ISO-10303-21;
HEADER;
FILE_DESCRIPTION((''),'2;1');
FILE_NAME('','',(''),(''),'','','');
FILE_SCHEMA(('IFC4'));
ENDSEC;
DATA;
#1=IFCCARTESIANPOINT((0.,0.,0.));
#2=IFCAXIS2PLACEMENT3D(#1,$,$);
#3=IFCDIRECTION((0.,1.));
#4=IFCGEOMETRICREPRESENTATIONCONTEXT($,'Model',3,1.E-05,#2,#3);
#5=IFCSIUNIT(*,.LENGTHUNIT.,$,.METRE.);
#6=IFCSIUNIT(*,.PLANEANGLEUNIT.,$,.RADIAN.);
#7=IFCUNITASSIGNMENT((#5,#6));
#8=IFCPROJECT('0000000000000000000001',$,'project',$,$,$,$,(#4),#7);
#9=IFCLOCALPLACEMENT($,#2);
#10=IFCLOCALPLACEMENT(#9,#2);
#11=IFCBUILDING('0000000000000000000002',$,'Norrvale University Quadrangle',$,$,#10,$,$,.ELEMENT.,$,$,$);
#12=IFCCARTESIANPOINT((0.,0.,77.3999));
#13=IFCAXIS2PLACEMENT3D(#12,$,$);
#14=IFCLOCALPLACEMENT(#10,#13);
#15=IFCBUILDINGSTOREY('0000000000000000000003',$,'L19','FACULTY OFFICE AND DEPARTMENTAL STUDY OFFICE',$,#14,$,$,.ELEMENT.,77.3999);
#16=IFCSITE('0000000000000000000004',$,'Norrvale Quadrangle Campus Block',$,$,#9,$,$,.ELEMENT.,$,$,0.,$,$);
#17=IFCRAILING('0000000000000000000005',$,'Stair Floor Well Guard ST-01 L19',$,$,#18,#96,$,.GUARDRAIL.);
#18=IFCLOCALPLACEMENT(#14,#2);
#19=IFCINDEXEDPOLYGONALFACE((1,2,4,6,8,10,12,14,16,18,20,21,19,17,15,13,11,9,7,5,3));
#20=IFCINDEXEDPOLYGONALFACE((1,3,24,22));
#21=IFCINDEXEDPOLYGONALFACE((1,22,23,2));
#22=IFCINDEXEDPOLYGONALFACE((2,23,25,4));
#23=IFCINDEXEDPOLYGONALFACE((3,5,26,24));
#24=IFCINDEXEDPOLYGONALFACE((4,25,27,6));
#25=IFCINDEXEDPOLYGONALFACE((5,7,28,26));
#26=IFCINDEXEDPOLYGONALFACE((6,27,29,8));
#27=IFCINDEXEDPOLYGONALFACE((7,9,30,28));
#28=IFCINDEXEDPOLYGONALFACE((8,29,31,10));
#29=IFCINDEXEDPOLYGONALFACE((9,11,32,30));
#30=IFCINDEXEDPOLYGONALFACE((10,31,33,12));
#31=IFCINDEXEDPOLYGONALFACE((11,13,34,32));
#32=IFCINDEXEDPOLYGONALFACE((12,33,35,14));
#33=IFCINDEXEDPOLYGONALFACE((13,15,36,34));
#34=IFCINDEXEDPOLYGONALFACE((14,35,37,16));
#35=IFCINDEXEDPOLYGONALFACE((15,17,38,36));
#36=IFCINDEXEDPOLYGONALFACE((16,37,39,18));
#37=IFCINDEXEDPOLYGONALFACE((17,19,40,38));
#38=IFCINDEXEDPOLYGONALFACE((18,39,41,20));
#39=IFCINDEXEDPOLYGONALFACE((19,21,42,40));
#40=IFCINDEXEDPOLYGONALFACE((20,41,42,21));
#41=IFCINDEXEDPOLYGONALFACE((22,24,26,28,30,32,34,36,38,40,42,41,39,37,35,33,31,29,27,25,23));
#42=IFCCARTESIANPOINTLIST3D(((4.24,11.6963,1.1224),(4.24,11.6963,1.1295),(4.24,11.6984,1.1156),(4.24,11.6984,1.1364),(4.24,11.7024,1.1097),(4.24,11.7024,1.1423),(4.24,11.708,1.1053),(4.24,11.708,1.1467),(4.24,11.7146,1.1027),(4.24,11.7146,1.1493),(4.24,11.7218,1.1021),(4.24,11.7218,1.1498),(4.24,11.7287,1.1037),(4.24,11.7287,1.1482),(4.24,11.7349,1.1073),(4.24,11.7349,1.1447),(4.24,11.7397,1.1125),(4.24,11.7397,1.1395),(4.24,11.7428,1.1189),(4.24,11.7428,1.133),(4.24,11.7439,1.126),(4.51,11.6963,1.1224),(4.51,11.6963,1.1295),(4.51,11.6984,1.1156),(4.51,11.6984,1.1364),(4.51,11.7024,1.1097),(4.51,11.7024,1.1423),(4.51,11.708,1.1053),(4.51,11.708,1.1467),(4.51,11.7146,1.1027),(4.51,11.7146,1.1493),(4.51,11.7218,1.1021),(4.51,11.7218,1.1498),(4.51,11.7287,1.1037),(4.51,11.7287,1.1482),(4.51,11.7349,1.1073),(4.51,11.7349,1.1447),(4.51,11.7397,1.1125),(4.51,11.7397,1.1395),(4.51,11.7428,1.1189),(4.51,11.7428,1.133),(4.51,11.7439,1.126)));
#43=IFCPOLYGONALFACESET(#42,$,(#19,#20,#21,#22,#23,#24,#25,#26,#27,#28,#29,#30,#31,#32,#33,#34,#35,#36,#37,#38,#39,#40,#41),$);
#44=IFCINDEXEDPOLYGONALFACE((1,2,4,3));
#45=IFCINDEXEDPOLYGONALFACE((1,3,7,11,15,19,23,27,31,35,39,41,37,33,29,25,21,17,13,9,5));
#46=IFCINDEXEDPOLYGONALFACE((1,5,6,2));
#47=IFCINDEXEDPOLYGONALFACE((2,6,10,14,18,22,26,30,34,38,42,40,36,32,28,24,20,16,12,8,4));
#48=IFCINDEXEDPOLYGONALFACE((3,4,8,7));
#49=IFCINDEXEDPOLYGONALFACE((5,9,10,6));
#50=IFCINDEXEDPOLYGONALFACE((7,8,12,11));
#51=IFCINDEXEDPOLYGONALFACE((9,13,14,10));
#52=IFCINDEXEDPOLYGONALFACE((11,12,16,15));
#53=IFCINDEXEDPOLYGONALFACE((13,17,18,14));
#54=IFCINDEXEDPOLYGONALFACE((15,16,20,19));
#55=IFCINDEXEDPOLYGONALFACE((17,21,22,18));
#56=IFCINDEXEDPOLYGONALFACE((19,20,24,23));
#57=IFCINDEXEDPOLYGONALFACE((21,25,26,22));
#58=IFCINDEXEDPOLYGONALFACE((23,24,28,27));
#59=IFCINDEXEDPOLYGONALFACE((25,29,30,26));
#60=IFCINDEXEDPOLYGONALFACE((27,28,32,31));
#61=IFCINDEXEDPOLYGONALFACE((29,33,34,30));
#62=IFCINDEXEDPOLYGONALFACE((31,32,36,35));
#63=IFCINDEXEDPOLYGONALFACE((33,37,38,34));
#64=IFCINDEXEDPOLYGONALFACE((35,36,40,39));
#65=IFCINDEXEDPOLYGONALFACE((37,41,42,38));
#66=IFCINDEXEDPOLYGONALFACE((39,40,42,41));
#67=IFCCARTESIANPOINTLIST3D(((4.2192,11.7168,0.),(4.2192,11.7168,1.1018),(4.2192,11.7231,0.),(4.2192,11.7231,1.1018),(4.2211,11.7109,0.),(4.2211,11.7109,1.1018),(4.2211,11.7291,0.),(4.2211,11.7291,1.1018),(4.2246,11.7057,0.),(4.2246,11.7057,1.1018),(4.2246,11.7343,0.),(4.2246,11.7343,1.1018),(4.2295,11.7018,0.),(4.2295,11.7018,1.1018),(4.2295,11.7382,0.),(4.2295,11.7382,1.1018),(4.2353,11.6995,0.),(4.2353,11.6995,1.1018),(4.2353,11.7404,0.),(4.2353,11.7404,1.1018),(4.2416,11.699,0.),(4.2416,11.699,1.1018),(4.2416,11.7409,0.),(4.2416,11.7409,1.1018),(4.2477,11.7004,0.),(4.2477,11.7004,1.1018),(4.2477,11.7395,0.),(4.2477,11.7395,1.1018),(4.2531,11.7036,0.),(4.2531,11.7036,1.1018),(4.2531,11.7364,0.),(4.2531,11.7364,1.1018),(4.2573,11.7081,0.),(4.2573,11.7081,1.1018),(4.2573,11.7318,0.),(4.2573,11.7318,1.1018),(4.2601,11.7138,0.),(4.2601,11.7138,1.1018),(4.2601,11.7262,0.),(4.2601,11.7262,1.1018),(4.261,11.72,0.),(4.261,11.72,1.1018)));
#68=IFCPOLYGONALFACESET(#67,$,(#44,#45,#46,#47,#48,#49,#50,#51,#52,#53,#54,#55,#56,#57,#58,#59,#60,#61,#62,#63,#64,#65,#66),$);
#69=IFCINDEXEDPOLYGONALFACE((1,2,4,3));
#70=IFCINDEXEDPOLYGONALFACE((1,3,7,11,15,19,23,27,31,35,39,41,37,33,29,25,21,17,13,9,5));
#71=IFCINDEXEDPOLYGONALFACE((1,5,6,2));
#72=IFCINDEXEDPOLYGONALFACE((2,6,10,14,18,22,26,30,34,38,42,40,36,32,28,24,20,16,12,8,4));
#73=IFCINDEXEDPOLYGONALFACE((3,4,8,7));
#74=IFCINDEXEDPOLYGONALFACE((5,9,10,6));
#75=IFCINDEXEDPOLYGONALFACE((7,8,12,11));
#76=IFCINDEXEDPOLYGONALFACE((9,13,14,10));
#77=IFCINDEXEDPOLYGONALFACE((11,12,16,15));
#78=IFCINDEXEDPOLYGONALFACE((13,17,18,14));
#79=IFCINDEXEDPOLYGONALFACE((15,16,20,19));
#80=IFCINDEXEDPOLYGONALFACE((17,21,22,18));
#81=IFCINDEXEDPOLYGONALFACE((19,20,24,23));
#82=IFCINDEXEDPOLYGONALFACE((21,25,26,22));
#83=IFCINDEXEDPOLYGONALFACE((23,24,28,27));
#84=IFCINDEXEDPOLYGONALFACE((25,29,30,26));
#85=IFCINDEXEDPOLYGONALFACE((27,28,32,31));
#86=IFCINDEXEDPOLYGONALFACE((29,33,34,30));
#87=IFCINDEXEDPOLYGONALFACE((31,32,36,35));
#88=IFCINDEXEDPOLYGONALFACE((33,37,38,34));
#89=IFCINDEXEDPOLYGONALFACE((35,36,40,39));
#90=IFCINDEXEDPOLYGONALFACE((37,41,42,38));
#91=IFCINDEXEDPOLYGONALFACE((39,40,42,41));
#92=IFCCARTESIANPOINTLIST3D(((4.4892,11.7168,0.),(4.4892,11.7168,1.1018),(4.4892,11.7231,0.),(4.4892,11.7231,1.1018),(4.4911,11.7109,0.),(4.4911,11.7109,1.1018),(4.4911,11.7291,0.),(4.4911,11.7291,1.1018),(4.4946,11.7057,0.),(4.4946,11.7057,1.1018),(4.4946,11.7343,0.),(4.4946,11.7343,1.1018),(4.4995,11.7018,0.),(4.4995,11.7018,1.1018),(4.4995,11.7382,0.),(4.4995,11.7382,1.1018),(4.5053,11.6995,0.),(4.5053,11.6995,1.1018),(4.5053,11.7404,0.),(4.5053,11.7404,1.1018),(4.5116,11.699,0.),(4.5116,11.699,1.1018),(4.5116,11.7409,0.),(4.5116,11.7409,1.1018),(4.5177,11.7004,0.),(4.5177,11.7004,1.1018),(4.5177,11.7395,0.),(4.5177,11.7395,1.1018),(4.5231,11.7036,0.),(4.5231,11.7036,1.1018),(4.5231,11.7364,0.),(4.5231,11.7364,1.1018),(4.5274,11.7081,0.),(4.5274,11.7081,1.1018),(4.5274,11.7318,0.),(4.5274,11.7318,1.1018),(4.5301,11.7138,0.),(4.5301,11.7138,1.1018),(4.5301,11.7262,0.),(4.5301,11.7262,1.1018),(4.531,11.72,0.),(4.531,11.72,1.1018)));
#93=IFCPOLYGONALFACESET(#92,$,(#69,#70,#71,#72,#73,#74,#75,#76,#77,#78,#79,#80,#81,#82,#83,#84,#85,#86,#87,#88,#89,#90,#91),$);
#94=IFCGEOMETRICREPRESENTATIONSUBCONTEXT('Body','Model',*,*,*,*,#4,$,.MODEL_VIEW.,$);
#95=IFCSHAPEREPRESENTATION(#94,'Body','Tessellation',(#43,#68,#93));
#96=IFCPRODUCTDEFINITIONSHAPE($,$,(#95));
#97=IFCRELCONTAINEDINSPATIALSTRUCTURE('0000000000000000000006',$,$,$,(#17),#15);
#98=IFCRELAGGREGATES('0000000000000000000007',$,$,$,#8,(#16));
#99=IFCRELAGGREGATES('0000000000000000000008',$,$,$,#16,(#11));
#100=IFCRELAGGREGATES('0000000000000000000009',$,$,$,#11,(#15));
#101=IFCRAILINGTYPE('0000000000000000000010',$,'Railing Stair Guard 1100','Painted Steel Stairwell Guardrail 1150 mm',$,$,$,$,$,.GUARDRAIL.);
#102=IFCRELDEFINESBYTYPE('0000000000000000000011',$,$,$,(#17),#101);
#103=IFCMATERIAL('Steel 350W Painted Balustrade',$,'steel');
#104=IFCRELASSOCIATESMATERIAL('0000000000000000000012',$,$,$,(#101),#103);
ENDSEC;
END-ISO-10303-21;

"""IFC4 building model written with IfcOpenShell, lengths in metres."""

from ifc_helpers import new_model, si_unit, direction, frame, origin, origin_2d, place, context, subcontext, project, spatial, circle, extrude, material, type_object, element, save


model = new_model("IFC4")

# Units and contexts
model_context = context("Model", 3, precision=1e-05, world=origin(), true_north=direction((0.0, 1.0)))
body_context = subcontext(model_context, "Body", "Model", "MODEL_VIEW")
ifc_project = project(units=[si_unit("LENGTHUNIT", "METRE"), si_unit("PLANEANGLEUNIT", "RADIAN")], contexts=[model_context])

# Site, building, storey
site_placement = place(None, origin())
site = spatial("IfcSite", under=ifc_project, at=site_placement, Name="Norrvale Quadrangle Campus Block", CompositionType="ELEMENT", RefElevation=0.0)
building_placement = place(site_placement, origin())
building = spatial("IfcBuilding", under=site, at=building_placement, Name="Norrvale University Quadrangle", CompositionType="ELEMENT")
storey_placement = place(building_placement, frame((0.0, 0.0, 77.3999)))
storey = spatial("IfcBuildingStorey", under=building, at=storey_placement, Name="L19", Description="FACULTY OFFICE AND DEPARTMENTAL STUDY OFFICE", CompositionType="ELEMENT", Elevation=77.3999)

# Railing
ifc_material_1 = material(Name="Steel 350W Painted Balustrade", Category="steel")
railing_type = type_object("IfcRailingType", Name="Railing Stair Guard 1100", Description="Painted Steel Stairwell Guardrail 1150 mm", PredefinedType="GUARDRAIL", material=ifc_material_1)
railing_placement = place(storey_placement, frame((4.24, 11.72, 0.0)))
element("IfcRailing", 1, at=railing_placement, inside=storey, type_object=railing_type, Name="Stair Floor Well Guard ST-01 L19", PredefinedType="GUARDRAIL", context=body_context, shape_type="SweptSolid", body=[
    extrude(circle(Radius=0.0239, at=origin_2d()), frame((0.0, 0.0, 1.126), z_axis=(1.0, 0.0, 0.0), x_axis=(0.0, 1.0, 0.0)), (0.0, 0.0, 1.0), 0.27),
    extrude(circle(Radius=0.021, at=origin_2d()), origin(), (0.0, 0.0, 1.0), 1.1018),
    extrude(circle(Radius=0.021, at=origin_2d()), frame((0.27, 0.0, 0.0)), (0.0, 0.0, 1.0), 1.1018),
])

save(model, "model.ifc")
